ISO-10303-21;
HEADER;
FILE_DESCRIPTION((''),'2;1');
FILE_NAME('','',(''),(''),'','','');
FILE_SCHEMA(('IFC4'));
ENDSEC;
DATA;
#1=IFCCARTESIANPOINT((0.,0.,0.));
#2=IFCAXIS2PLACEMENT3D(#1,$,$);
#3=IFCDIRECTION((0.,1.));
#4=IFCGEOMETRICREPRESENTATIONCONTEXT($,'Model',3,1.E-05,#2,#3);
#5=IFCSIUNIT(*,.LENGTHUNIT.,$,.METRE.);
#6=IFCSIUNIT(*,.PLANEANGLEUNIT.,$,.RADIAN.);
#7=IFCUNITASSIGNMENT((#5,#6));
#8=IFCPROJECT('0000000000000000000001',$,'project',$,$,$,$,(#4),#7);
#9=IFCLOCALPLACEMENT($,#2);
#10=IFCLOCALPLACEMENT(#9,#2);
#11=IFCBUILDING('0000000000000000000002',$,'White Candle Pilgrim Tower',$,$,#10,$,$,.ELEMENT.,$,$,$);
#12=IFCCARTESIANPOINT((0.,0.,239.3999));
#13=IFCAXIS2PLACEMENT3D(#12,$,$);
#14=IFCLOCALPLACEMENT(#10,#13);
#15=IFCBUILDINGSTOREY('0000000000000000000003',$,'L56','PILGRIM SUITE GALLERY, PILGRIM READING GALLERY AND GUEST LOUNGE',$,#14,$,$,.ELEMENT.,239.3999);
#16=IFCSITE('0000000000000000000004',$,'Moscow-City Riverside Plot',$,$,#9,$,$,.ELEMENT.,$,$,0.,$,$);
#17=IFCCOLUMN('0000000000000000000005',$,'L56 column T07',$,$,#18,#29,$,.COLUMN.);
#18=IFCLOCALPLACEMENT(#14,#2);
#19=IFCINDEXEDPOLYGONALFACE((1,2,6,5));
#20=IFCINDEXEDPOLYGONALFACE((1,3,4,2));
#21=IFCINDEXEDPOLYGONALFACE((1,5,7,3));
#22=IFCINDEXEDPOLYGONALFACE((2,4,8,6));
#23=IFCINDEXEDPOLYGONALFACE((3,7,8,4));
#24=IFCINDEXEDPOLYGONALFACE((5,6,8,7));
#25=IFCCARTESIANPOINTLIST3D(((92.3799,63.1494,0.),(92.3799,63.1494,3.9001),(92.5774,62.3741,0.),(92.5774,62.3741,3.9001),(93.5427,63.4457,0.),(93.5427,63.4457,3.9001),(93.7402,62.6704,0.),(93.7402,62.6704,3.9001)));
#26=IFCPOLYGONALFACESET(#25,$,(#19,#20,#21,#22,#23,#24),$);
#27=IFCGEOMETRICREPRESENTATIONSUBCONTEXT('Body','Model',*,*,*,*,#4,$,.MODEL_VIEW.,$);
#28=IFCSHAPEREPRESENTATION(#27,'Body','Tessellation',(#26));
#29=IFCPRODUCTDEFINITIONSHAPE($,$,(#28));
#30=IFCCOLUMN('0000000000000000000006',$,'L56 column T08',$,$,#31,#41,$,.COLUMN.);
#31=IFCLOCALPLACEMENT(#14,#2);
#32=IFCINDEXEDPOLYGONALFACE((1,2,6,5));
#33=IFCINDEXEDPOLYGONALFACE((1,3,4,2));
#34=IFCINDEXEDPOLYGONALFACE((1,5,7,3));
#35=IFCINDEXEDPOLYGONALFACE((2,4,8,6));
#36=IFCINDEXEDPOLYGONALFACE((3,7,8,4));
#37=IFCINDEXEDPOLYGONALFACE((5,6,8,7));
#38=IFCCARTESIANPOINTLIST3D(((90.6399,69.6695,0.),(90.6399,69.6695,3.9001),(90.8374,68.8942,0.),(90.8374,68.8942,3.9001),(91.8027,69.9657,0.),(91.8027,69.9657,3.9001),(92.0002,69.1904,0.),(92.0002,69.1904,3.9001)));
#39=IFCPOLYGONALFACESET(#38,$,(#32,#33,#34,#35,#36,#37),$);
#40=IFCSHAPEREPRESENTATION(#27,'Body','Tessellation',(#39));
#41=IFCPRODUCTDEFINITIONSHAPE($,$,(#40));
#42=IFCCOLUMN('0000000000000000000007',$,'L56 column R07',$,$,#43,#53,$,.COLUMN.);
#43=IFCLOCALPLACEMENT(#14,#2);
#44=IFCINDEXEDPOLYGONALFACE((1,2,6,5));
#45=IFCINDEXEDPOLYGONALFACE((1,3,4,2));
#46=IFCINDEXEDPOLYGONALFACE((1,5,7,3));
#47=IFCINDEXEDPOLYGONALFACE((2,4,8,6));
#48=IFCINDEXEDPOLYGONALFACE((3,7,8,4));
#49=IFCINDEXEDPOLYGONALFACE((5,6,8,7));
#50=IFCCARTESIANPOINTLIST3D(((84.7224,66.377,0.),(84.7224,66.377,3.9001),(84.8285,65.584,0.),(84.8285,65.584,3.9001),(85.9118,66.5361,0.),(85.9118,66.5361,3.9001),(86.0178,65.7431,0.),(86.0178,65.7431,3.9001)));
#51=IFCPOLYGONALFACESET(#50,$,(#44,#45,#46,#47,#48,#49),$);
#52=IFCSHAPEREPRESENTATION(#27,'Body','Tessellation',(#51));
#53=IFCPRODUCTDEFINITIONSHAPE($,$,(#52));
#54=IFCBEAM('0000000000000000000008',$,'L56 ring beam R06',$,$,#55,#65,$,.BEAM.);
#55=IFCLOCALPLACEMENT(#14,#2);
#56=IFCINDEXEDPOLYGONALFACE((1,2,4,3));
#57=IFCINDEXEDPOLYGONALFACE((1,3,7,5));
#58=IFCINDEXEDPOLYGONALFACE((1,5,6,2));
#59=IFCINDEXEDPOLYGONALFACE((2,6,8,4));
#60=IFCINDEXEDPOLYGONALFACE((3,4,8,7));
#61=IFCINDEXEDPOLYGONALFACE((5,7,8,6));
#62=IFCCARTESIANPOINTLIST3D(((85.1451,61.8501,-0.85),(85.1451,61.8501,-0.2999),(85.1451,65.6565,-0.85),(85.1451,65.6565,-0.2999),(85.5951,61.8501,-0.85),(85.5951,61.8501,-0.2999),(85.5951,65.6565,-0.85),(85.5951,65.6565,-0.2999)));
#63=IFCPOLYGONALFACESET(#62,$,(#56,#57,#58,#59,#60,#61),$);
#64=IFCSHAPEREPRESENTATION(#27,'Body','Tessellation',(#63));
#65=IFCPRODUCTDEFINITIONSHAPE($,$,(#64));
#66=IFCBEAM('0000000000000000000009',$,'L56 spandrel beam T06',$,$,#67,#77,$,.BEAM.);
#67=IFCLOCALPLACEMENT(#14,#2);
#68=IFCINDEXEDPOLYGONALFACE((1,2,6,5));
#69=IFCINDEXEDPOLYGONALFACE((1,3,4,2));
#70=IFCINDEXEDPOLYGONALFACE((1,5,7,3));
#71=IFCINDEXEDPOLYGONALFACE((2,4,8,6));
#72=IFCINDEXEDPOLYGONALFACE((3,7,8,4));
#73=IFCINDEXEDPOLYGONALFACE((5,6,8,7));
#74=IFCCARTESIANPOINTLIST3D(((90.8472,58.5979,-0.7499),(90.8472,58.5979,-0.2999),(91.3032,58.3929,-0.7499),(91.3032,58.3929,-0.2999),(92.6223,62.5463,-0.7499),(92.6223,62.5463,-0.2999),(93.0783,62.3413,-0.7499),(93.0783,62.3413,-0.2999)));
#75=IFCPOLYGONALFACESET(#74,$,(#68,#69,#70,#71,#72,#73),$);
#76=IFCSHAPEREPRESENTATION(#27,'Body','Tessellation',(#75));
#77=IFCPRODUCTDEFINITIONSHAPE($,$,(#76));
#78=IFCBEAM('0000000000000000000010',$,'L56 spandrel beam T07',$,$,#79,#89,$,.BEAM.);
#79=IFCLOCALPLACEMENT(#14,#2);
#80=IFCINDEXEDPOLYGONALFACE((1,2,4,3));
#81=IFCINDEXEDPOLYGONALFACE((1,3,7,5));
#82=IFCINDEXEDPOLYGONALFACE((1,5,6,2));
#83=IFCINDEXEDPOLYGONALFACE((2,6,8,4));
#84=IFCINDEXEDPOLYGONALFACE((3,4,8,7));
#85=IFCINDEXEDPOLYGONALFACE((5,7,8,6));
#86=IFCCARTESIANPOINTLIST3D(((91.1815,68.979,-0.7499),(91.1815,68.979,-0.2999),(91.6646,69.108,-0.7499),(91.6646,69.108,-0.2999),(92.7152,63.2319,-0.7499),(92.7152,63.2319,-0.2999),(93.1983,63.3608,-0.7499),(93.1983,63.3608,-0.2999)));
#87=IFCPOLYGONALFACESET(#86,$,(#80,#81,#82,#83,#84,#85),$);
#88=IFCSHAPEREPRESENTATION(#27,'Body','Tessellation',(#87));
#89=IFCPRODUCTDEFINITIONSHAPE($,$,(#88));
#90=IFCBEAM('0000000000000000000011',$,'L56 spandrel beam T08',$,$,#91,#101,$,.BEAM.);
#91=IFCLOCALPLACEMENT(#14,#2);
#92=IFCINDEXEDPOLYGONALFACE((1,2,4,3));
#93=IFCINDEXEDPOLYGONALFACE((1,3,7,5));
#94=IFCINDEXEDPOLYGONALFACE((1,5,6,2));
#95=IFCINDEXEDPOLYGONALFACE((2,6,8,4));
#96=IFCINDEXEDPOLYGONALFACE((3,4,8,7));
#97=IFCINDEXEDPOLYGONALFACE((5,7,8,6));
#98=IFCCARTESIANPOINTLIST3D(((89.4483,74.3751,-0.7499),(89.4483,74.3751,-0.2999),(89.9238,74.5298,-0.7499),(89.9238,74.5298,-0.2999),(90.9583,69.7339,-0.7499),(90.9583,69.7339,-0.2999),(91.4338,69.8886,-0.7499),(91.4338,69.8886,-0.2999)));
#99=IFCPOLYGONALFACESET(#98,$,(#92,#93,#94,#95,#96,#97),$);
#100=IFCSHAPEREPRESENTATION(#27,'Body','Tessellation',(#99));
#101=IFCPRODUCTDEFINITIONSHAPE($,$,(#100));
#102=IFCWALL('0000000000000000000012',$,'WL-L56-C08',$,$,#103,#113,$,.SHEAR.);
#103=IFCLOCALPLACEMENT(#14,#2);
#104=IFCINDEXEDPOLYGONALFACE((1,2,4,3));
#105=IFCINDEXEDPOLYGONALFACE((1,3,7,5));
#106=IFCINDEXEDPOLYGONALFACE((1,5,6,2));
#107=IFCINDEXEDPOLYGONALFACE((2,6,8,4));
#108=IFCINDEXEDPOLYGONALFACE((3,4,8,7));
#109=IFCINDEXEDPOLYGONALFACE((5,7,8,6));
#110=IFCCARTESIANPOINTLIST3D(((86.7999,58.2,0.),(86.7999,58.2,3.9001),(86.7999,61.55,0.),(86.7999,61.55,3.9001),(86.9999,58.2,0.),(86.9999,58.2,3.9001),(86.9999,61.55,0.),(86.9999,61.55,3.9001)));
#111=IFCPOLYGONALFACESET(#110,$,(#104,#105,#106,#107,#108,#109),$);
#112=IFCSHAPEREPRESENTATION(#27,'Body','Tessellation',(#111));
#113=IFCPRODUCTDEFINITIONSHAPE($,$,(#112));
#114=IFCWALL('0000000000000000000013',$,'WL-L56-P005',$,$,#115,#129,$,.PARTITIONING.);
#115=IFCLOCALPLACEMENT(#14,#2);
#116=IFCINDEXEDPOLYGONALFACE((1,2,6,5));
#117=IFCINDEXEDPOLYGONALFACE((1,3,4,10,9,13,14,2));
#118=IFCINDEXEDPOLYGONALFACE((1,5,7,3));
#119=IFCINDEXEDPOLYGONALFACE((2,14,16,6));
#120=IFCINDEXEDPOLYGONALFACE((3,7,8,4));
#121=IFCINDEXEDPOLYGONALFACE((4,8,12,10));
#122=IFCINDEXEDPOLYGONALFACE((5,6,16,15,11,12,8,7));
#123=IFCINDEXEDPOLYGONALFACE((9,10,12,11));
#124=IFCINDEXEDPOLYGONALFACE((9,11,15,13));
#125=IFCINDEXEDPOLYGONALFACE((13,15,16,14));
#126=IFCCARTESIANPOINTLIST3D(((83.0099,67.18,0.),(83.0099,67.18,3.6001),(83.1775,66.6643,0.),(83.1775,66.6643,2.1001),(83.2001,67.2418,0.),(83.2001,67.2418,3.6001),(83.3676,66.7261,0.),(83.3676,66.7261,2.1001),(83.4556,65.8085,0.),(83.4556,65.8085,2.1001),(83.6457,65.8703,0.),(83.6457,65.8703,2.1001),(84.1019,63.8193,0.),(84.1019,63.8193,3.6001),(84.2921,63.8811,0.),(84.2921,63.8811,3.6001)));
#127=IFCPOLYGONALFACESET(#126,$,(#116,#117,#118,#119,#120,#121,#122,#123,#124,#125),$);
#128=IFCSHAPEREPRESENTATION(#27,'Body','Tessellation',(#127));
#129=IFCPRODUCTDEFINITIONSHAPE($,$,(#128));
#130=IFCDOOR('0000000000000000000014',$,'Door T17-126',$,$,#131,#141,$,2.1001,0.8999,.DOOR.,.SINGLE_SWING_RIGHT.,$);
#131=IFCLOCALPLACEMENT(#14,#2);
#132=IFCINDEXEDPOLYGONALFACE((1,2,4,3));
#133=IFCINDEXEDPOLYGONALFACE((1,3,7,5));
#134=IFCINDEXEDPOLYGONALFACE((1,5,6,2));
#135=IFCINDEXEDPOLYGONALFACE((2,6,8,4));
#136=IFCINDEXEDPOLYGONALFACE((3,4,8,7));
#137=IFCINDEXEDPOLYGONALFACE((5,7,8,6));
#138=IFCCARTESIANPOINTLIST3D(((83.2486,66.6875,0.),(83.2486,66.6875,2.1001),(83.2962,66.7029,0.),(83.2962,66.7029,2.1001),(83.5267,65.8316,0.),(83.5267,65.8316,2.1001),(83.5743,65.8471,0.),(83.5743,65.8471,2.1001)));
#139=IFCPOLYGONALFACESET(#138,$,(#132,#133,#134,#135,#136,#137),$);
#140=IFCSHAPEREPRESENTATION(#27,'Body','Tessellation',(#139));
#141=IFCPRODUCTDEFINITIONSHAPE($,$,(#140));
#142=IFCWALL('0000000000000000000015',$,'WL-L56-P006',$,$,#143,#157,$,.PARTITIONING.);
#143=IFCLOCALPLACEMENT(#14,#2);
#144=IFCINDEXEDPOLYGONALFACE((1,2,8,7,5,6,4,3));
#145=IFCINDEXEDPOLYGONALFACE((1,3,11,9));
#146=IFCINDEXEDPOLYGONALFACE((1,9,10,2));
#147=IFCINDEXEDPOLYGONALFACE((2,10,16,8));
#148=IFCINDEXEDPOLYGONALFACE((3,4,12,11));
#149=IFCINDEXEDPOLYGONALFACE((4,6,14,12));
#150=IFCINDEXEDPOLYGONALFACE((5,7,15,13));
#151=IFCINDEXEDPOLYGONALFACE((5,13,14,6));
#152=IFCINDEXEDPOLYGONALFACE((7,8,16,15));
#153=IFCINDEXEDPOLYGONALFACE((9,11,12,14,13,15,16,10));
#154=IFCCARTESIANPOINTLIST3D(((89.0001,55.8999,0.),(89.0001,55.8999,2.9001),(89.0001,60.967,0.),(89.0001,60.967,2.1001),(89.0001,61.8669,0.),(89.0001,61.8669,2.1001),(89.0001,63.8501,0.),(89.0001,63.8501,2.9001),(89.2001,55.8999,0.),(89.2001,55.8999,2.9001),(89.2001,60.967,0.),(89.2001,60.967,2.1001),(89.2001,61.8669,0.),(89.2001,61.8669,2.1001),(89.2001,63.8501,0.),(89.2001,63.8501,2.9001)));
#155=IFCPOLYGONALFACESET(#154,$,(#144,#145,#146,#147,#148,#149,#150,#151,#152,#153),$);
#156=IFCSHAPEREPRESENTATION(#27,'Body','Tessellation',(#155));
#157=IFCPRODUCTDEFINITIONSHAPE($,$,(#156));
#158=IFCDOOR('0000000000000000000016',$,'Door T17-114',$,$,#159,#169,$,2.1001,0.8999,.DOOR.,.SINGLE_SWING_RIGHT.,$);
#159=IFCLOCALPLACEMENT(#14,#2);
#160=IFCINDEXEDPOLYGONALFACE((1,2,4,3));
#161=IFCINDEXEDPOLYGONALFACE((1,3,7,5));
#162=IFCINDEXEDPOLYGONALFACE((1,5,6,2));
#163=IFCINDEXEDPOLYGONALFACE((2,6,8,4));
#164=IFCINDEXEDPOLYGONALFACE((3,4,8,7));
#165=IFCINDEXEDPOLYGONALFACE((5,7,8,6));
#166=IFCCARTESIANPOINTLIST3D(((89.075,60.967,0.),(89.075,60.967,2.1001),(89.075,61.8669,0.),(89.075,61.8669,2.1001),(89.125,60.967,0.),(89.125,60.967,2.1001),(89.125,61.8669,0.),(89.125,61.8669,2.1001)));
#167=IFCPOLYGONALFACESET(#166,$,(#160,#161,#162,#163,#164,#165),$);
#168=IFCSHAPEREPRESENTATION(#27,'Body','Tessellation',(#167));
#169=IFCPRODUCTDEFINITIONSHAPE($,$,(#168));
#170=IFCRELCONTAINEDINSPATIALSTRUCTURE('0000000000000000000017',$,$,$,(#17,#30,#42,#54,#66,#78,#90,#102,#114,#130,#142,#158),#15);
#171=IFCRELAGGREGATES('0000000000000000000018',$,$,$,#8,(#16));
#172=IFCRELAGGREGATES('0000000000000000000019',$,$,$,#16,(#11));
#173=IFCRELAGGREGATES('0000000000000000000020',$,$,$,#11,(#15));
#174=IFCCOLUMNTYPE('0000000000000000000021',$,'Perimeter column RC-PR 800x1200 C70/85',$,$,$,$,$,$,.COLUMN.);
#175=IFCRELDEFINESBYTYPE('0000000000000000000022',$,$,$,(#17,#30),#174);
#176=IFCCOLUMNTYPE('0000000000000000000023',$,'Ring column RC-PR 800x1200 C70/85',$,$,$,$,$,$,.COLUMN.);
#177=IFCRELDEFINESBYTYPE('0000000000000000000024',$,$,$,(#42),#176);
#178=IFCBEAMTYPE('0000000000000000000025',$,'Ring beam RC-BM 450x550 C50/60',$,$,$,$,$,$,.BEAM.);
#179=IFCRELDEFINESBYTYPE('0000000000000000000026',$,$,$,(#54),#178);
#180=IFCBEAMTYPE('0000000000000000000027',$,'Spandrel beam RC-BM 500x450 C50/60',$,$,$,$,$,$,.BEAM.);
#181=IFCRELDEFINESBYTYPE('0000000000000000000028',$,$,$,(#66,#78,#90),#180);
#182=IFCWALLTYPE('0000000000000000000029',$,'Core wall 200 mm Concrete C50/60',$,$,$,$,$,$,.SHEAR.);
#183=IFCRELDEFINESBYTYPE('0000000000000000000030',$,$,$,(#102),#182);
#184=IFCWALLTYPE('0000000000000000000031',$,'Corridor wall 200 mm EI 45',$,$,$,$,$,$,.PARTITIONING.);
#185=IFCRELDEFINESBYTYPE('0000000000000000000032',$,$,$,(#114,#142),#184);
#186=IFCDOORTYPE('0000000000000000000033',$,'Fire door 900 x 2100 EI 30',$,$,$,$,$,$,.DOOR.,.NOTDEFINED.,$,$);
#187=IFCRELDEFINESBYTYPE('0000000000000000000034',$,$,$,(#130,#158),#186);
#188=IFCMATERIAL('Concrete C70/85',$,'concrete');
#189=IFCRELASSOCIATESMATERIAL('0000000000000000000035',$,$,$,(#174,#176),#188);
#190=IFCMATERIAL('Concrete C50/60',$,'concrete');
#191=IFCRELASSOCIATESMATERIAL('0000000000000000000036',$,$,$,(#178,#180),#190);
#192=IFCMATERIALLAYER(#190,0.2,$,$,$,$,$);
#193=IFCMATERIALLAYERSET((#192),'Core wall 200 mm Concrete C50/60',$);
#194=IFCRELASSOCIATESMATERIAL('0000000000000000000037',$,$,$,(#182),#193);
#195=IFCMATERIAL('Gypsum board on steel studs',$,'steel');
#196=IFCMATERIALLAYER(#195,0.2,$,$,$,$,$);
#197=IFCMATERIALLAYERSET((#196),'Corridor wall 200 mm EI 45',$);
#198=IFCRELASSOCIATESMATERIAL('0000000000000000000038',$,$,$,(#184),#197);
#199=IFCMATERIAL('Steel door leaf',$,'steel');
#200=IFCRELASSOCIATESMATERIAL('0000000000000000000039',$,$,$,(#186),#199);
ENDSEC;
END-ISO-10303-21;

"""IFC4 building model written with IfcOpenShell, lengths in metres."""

from ifc_helpers import new_model, si_unit, direction, frame, frame_2d, origin, origin_2d, place, context, subcontext, project, spatial, rectangle, extrude, material, layer, layer_set, material_profile, profile_set, type_object, element, fill, save


model = new_model("IFC4")

# Units and contexts
model_context = context("Model", 3, precision=1e-05, world=origin(), true_north=direction((0.0, 1.0)))
body_context = subcontext(model_context, "Body", "Model", "MODEL_VIEW")
ifc_project = project(units=[si_unit("LENGTHUNIT", "METRE"), si_unit("PLANEANGLEUNIT", "RADIAN")], contexts=[model_context])

# Site, building, storey
site_placement = place(None, origin())
site = spatial("IfcSite", under=ifc_project, at=site_placement, Name="Moscow-City Riverside Plot", CompositionType="ELEMENT", RefElevation=0.0)
building_placement = place(site_placement, origin())
building = spatial("IfcBuilding", under=site, at=building_placement, Name="White Candle Pilgrim Tower", CompositionType="ELEMENT")
storey_placement = place(building_placement, frame((0.0, 0.0, 239.3999)))
storey = spatial("IfcBuildingStorey", under=building, at=storey_placement, Name="L56", Description="PILGRIM SUITE GALLERY, PILGRIM READING GALLERY AND GUEST LOUNGE", CompositionType="ELEMENT", Elevation=239.3999)

# Columns
ifc_material_1 = material(Name="Concrete C70/85", Category="concrete")
ifc_material_profile_1 = material_profile(ifc_material_1, rectangle(XDim=0.8, YDim=1.2, at=origin_2d()), Name="RC-PR 800x1200")
ifc_profile_set_1 = profile_set([ifc_material_profile_1], Name="Concrete C70/85")
column_type_1 = type_object("IfcColumnType", Name="Perimeter column RC-PR 800x1200 C70/85", PredefinedType="COLUMN", material=ifc_profile_set_1)
for number, where, z_axis, x_axis, name in (
    (1, (93.0601, 62.9099, 0.0), (0.0, 0.0, 1.0), (0.246881, -0.969046, 0.0), "L56 column T07"),
    (2, (91.3201, 69.4299, 0.0), (0.0, 0.0, 1.0), (0.246881, -0.969046, 0.0), "L56 column T08"),
):
    element("IfcColumn", number, at=place(storey_placement, frame(where, z_axis=z_axis, x_axis=x_axis)), inside=storey, type_object=column_type_1, Name=name, PredefinedType="COLUMN", context=body_context, shape_type="SweptSolid", body=[
        extrude(rectangle(XDim=0.8, YDim=1.2, at=origin_2d()), origin(), (0.0, 0.0, 1.0), 3.9001),
    ])
ifc_material_profile_2 = material_profile(ifc_material_1, rectangle(XDim=0.8, YDim=1.2, at=origin_2d()), Name="RC-PR 800x1200")
ifc_profile_set_2 = profile_set([ifc_material_profile_2], Name="Concrete C70/85")
column_type_2 = type_object("IfcColumnType", Name="Ring column RC-PR 800x1200 C70/85", PredefinedType="COLUMN", material=ifc_profile_set_2)
column_placement = place(storey_placement, frame((85.3701, 66.0601, 0.0), z_axis=(0.0, 0.0, 1.0), x_axis=(0.132602, -0.991169, 0.0)))
element("IfcColumn", 3, at=column_placement, inside=storey, type_object=column_type_2, Name="L56 column R07", PredefinedType="COLUMN", context=body_context, shape_type="SweptSolid", body=[
    extrude(rectangle(XDim=0.8, YDim=1.2, at=origin_2d()), origin(), (0.0, 0.0, 1.0), 3.9001),
])

# Beams
ifc_material_2 = material(Name="Concrete C50/60", Category="concrete")
ifc_material_profile_3 = material_profile(ifc_material_2, rectangle(XDim=0.45, YDim=0.55, at=origin_2d()), Name="RC-BM 450x550")
ifc_profile_set_3 = profile_set([ifc_material_profile_3], Name="Concrete C50/60")
beam_type_1 = type_object("IfcBeamType", Name="Ring beam RC-BM 450x550 C50/60", PredefinedType="BEAM", material=ifc_profile_set_3)
beam_1_placement = place(storey_placement, frame((85.3701, 65.6565, -0.575), z_axis=(0.0, -1.0, 0.0), x_axis=(1.0, 0.0, 0.0)))
element("IfcBeam", 4, at=beam_1_placement, inside=storey, type_object=beam_type_1, Name="L56 ring beam R06", PredefinedType="BEAM", context=body_context, shape_type="SweptSolid", body=[
    extrude(rectangle(XDim=0.45, YDim=0.55, at=origin_2d()), origin(), (0.0, 0.0, 1.0), 3.8064),
])
ifc_material_profile_4 = material_profile(ifc_material_2, rectangle(XDim=0.5, YDim=0.45, at=origin_2d()), Name="RC-BM 500x450")
ifc_profile_set_4 = profile_set([ifc_material_profile_4], Name="Concrete C50/60")
beam_type_2 = type_object("IfcBeamType", Name="Spandrel beam RC-BM 500x450 C50/60", PredefinedType="BEAM", material=ifc_profile_set_4)
beam_2_placement = place(storey_placement, frame((91.0752, 58.4954, -0.5249), z_axis=(0.410043, 0.912066, 0.0), x_axis=(-0.912066, 0.410043, 0.0)))
element("IfcBeam", 5, at=beam_2_placement, inside=storey, type_object=beam_type_2, Name="L56 spandrel beam T06", PredefinedType="BEAM", context=body_context, shape_type="SweptSolid", body=[
    extrude(rectangle(XDim=0.5, YDim=0.45, at=origin_2d()), origin(), (0.0, 0.0, 1.0), 4.3291),
])
beam_3_placement = place(storey_placement, frame((92.9568, 63.2964, -0.5249), z_axis=(-0.257841, 0.966187, 0.0), x_axis=(-0.966187, -0.257841, 0.0)))
element("IfcBeam", 6, at=beam_3_placement, inside=storey, type_object=beam_type_2, Name="L56 spandrel beam T07", PredefinedType="BEAM", context=body_context, shape_type="SweptSolid", body=[
    extrude(rectangle(XDim=0.5, YDim=0.45, at=origin_2d()), origin(), (0.0, 0.0, 1.0), 5.9482),
])
beam_4_placement = place(storey_placement, frame((91.196, 69.8113, -0.5249), z_axis=(-0.309391, 0.950935, 0.0), x_axis=(-0.950935, -0.309391, 0.0)))
element("IfcBeam", 7, at=beam_4_placement, inside=storey, type_object=beam_type_2, Name="L56 spandrel beam T08", PredefinedType="BEAM", context=body_context, shape_type="SweptSolid", body=[
    extrude(rectangle(XDim=0.5, YDim=0.45, at=origin_2d()), origin(), (0.0, 0.0, 1.0), 4.8806),
])

# Wall
ifc_layer_1 = layer(ifc_material_2, 0.2)
ifc_layer_set_1 = layer_set([ifc_layer_1], Name="Core wall 200 mm Concrete C50/60")
wall_type_1 = type_object("IfcWallType", Name="Core wall 200 mm Concrete C50/60", PredefinedType="SHEAR", material=ifc_layer_set_1)
wall_1_placement = place(storey_placement, frame((86.8999, 58.2, 0.0), z_axis=(0.0, 0.0, 1.0), x_axis=(0.0, 1.0, 0.0)))
element("IfcWall", 8, at=wall_1_placement, inside=storey, type_object=wall_type_1, Name="WL-L56-C08", PredefinedType="SHEAR", context=body_context, shape_type="SweptSolid", body=[
    extrude(rectangle(XDim=3.3501, YDim=0.2, at=frame_2d((1.675, 0.0))), origin(), (0.0, 0.0, 1.0), 3.9001),
])

# Walls, openings, doors
ifc_material_3 = material(Name="Gypsum board on steel studs", Category="steel")
ifc_layer_2 = layer(ifc_material_3, 0.2)
ifc_layer_set_2 = layer_set([ifc_layer_2], Name="Corridor wall 200 mm EI 45")
wall_type_2 = type_object("IfcWallType", Name="Corridor wall 200 mm EI 45", PredefinedType="PARTITIONING", material=ifc_layer_set_2)
wall_2_placement = place(storey_placement, frame((83.105, 67.2109, 0.0), z_axis=(0.0, 0.0, 1.0), x_axis=(0.309027, -0.951053, 0.0)))
wall_2 = element("IfcWall", 9, at=wall_2_placement, inside=storey, type_object=wall_type_2, Name="WL-L56-P005", PredefinedType="PARTITIONING", context=body_context, shape_type="SweptSolid", body=[
    extrude(rectangle(XDim=3.5337, YDim=0.2, at=frame_2d((1.7668, 0.0))), origin(), (0.0, 0.0, 1.0), 3.6001),
])
opening_1_placement = place(wall_2_placement, frame((0.5422, 0.0, 0.0)))
opening_1 = element("IfcOpeningElement", 10, at=opening_1_placement, cuts=wall_2, PredefinedType="OPENING", context=body_context, shape_type="SweptSolid", body=[
    extrude(rectangle(XDim=0.8999, YDim=2.1001, at=frame_2d((0.45, 1.05))), frame((0.0, 0.1099, 0.0), z_axis=(0.0, -1.0, 0.0), x_axis=(1.0, 0.0, 0.0)), (0.0, 0.0, 1.0), 0.22),
])
ifc_material_4 = material(Name="Steel door leaf", Category="steel")
door_type_1 = type_object("IfcDoorType", Name="Fire door 900 x 2100 EI 30", OperationType="NOTDEFINED", PredefinedType="DOOR", material=ifc_material_4)
door_1_placement = place(opening_1_placement, origin())
door_1 = element("IfcDoor", 11, at=door_1_placement, inside=storey, type_object=door_type_1, Name="Door T17-126", OperationType="SINGLE_SWING_RIGHT", OverallHeight=2.1001, OverallWidth=0.8999, PredefinedType="DOOR", context=body_context, shape_type="SweptSolid", body=[
    extrude(rectangle(XDim=0.8999, YDim=2.1001, at=frame_2d((0.45, 1.05))), frame((0.0, 0.0249, 0.0), z_axis=(0.0, -1.0, 0.0), x_axis=(1.0, 0.0, 0.0)), (0.0, 0.0, 1.0), 0.05),
])
fill(opening_1, door_1)
wall_3_placement = place(storey_placement, frame((89.1001, 63.8501, 0.0), z_axis=(0.0, 0.0, 1.0), x_axis=(0.0, -1.0, 0.0)))
wall_3 = element("IfcWall", 12, at=wall_3_placement, inside=storey, type_object=wall_type_2, Name="WL-L56-P006", PredefinedType="PARTITIONING", context=body_context, shape_type="SweptSolid", body=[
    extrude(rectangle(XDim=7.9502, YDim=0.2, at=frame_2d((3.9751, 0.0))), origin(), (0.0, 0.0, 1.0), 2.9001),
])
opening_2_placement = place(wall_3_placement, frame((1.9832, 0.0, 0.0)))
opening_2 = element("IfcOpeningElement", 13, at=opening_2_placement, cuts=wall_3, PredefinedType="OPENING", context=body_context, shape_type="SweptSolid", body=[
    extrude(rectangle(XDim=0.8999, YDim=2.1001, at=frame_2d((0.45, 1.05))), frame((0.0, 0.1099, 0.0), z_axis=(0.0, -1.0, 0.0), x_axis=(1.0, 0.0, 0.0)), (0.0, 0.0, 1.0), 0.22),
])
door_2_placement = place(opening_2_placement, origin())
door_2 = element("IfcDoor", 14, at=door_2_placement, inside=storey, type_object=door_type_1, Name="Door T17-114", OperationType="SINGLE_SWING_RIGHT", OverallHeight=2.1001, OverallWidth=0.8999, PredefinedType="DOOR", context=body_context, shape_type="SweptSolid", body=[
    extrude(rectangle(XDim=0.8999, YDim=2.1001, at=frame_2d((0.45, 1.05))), frame((0.0, 0.0249, 0.0), z_axis=(0.0, -1.0, 0.0), x_axis=(1.0, 0.0, 0.0)), (0.0, 0.0, 1.0), 0.05),
])
fill(opening_2, door_2)

save(model, "model.ifc")
